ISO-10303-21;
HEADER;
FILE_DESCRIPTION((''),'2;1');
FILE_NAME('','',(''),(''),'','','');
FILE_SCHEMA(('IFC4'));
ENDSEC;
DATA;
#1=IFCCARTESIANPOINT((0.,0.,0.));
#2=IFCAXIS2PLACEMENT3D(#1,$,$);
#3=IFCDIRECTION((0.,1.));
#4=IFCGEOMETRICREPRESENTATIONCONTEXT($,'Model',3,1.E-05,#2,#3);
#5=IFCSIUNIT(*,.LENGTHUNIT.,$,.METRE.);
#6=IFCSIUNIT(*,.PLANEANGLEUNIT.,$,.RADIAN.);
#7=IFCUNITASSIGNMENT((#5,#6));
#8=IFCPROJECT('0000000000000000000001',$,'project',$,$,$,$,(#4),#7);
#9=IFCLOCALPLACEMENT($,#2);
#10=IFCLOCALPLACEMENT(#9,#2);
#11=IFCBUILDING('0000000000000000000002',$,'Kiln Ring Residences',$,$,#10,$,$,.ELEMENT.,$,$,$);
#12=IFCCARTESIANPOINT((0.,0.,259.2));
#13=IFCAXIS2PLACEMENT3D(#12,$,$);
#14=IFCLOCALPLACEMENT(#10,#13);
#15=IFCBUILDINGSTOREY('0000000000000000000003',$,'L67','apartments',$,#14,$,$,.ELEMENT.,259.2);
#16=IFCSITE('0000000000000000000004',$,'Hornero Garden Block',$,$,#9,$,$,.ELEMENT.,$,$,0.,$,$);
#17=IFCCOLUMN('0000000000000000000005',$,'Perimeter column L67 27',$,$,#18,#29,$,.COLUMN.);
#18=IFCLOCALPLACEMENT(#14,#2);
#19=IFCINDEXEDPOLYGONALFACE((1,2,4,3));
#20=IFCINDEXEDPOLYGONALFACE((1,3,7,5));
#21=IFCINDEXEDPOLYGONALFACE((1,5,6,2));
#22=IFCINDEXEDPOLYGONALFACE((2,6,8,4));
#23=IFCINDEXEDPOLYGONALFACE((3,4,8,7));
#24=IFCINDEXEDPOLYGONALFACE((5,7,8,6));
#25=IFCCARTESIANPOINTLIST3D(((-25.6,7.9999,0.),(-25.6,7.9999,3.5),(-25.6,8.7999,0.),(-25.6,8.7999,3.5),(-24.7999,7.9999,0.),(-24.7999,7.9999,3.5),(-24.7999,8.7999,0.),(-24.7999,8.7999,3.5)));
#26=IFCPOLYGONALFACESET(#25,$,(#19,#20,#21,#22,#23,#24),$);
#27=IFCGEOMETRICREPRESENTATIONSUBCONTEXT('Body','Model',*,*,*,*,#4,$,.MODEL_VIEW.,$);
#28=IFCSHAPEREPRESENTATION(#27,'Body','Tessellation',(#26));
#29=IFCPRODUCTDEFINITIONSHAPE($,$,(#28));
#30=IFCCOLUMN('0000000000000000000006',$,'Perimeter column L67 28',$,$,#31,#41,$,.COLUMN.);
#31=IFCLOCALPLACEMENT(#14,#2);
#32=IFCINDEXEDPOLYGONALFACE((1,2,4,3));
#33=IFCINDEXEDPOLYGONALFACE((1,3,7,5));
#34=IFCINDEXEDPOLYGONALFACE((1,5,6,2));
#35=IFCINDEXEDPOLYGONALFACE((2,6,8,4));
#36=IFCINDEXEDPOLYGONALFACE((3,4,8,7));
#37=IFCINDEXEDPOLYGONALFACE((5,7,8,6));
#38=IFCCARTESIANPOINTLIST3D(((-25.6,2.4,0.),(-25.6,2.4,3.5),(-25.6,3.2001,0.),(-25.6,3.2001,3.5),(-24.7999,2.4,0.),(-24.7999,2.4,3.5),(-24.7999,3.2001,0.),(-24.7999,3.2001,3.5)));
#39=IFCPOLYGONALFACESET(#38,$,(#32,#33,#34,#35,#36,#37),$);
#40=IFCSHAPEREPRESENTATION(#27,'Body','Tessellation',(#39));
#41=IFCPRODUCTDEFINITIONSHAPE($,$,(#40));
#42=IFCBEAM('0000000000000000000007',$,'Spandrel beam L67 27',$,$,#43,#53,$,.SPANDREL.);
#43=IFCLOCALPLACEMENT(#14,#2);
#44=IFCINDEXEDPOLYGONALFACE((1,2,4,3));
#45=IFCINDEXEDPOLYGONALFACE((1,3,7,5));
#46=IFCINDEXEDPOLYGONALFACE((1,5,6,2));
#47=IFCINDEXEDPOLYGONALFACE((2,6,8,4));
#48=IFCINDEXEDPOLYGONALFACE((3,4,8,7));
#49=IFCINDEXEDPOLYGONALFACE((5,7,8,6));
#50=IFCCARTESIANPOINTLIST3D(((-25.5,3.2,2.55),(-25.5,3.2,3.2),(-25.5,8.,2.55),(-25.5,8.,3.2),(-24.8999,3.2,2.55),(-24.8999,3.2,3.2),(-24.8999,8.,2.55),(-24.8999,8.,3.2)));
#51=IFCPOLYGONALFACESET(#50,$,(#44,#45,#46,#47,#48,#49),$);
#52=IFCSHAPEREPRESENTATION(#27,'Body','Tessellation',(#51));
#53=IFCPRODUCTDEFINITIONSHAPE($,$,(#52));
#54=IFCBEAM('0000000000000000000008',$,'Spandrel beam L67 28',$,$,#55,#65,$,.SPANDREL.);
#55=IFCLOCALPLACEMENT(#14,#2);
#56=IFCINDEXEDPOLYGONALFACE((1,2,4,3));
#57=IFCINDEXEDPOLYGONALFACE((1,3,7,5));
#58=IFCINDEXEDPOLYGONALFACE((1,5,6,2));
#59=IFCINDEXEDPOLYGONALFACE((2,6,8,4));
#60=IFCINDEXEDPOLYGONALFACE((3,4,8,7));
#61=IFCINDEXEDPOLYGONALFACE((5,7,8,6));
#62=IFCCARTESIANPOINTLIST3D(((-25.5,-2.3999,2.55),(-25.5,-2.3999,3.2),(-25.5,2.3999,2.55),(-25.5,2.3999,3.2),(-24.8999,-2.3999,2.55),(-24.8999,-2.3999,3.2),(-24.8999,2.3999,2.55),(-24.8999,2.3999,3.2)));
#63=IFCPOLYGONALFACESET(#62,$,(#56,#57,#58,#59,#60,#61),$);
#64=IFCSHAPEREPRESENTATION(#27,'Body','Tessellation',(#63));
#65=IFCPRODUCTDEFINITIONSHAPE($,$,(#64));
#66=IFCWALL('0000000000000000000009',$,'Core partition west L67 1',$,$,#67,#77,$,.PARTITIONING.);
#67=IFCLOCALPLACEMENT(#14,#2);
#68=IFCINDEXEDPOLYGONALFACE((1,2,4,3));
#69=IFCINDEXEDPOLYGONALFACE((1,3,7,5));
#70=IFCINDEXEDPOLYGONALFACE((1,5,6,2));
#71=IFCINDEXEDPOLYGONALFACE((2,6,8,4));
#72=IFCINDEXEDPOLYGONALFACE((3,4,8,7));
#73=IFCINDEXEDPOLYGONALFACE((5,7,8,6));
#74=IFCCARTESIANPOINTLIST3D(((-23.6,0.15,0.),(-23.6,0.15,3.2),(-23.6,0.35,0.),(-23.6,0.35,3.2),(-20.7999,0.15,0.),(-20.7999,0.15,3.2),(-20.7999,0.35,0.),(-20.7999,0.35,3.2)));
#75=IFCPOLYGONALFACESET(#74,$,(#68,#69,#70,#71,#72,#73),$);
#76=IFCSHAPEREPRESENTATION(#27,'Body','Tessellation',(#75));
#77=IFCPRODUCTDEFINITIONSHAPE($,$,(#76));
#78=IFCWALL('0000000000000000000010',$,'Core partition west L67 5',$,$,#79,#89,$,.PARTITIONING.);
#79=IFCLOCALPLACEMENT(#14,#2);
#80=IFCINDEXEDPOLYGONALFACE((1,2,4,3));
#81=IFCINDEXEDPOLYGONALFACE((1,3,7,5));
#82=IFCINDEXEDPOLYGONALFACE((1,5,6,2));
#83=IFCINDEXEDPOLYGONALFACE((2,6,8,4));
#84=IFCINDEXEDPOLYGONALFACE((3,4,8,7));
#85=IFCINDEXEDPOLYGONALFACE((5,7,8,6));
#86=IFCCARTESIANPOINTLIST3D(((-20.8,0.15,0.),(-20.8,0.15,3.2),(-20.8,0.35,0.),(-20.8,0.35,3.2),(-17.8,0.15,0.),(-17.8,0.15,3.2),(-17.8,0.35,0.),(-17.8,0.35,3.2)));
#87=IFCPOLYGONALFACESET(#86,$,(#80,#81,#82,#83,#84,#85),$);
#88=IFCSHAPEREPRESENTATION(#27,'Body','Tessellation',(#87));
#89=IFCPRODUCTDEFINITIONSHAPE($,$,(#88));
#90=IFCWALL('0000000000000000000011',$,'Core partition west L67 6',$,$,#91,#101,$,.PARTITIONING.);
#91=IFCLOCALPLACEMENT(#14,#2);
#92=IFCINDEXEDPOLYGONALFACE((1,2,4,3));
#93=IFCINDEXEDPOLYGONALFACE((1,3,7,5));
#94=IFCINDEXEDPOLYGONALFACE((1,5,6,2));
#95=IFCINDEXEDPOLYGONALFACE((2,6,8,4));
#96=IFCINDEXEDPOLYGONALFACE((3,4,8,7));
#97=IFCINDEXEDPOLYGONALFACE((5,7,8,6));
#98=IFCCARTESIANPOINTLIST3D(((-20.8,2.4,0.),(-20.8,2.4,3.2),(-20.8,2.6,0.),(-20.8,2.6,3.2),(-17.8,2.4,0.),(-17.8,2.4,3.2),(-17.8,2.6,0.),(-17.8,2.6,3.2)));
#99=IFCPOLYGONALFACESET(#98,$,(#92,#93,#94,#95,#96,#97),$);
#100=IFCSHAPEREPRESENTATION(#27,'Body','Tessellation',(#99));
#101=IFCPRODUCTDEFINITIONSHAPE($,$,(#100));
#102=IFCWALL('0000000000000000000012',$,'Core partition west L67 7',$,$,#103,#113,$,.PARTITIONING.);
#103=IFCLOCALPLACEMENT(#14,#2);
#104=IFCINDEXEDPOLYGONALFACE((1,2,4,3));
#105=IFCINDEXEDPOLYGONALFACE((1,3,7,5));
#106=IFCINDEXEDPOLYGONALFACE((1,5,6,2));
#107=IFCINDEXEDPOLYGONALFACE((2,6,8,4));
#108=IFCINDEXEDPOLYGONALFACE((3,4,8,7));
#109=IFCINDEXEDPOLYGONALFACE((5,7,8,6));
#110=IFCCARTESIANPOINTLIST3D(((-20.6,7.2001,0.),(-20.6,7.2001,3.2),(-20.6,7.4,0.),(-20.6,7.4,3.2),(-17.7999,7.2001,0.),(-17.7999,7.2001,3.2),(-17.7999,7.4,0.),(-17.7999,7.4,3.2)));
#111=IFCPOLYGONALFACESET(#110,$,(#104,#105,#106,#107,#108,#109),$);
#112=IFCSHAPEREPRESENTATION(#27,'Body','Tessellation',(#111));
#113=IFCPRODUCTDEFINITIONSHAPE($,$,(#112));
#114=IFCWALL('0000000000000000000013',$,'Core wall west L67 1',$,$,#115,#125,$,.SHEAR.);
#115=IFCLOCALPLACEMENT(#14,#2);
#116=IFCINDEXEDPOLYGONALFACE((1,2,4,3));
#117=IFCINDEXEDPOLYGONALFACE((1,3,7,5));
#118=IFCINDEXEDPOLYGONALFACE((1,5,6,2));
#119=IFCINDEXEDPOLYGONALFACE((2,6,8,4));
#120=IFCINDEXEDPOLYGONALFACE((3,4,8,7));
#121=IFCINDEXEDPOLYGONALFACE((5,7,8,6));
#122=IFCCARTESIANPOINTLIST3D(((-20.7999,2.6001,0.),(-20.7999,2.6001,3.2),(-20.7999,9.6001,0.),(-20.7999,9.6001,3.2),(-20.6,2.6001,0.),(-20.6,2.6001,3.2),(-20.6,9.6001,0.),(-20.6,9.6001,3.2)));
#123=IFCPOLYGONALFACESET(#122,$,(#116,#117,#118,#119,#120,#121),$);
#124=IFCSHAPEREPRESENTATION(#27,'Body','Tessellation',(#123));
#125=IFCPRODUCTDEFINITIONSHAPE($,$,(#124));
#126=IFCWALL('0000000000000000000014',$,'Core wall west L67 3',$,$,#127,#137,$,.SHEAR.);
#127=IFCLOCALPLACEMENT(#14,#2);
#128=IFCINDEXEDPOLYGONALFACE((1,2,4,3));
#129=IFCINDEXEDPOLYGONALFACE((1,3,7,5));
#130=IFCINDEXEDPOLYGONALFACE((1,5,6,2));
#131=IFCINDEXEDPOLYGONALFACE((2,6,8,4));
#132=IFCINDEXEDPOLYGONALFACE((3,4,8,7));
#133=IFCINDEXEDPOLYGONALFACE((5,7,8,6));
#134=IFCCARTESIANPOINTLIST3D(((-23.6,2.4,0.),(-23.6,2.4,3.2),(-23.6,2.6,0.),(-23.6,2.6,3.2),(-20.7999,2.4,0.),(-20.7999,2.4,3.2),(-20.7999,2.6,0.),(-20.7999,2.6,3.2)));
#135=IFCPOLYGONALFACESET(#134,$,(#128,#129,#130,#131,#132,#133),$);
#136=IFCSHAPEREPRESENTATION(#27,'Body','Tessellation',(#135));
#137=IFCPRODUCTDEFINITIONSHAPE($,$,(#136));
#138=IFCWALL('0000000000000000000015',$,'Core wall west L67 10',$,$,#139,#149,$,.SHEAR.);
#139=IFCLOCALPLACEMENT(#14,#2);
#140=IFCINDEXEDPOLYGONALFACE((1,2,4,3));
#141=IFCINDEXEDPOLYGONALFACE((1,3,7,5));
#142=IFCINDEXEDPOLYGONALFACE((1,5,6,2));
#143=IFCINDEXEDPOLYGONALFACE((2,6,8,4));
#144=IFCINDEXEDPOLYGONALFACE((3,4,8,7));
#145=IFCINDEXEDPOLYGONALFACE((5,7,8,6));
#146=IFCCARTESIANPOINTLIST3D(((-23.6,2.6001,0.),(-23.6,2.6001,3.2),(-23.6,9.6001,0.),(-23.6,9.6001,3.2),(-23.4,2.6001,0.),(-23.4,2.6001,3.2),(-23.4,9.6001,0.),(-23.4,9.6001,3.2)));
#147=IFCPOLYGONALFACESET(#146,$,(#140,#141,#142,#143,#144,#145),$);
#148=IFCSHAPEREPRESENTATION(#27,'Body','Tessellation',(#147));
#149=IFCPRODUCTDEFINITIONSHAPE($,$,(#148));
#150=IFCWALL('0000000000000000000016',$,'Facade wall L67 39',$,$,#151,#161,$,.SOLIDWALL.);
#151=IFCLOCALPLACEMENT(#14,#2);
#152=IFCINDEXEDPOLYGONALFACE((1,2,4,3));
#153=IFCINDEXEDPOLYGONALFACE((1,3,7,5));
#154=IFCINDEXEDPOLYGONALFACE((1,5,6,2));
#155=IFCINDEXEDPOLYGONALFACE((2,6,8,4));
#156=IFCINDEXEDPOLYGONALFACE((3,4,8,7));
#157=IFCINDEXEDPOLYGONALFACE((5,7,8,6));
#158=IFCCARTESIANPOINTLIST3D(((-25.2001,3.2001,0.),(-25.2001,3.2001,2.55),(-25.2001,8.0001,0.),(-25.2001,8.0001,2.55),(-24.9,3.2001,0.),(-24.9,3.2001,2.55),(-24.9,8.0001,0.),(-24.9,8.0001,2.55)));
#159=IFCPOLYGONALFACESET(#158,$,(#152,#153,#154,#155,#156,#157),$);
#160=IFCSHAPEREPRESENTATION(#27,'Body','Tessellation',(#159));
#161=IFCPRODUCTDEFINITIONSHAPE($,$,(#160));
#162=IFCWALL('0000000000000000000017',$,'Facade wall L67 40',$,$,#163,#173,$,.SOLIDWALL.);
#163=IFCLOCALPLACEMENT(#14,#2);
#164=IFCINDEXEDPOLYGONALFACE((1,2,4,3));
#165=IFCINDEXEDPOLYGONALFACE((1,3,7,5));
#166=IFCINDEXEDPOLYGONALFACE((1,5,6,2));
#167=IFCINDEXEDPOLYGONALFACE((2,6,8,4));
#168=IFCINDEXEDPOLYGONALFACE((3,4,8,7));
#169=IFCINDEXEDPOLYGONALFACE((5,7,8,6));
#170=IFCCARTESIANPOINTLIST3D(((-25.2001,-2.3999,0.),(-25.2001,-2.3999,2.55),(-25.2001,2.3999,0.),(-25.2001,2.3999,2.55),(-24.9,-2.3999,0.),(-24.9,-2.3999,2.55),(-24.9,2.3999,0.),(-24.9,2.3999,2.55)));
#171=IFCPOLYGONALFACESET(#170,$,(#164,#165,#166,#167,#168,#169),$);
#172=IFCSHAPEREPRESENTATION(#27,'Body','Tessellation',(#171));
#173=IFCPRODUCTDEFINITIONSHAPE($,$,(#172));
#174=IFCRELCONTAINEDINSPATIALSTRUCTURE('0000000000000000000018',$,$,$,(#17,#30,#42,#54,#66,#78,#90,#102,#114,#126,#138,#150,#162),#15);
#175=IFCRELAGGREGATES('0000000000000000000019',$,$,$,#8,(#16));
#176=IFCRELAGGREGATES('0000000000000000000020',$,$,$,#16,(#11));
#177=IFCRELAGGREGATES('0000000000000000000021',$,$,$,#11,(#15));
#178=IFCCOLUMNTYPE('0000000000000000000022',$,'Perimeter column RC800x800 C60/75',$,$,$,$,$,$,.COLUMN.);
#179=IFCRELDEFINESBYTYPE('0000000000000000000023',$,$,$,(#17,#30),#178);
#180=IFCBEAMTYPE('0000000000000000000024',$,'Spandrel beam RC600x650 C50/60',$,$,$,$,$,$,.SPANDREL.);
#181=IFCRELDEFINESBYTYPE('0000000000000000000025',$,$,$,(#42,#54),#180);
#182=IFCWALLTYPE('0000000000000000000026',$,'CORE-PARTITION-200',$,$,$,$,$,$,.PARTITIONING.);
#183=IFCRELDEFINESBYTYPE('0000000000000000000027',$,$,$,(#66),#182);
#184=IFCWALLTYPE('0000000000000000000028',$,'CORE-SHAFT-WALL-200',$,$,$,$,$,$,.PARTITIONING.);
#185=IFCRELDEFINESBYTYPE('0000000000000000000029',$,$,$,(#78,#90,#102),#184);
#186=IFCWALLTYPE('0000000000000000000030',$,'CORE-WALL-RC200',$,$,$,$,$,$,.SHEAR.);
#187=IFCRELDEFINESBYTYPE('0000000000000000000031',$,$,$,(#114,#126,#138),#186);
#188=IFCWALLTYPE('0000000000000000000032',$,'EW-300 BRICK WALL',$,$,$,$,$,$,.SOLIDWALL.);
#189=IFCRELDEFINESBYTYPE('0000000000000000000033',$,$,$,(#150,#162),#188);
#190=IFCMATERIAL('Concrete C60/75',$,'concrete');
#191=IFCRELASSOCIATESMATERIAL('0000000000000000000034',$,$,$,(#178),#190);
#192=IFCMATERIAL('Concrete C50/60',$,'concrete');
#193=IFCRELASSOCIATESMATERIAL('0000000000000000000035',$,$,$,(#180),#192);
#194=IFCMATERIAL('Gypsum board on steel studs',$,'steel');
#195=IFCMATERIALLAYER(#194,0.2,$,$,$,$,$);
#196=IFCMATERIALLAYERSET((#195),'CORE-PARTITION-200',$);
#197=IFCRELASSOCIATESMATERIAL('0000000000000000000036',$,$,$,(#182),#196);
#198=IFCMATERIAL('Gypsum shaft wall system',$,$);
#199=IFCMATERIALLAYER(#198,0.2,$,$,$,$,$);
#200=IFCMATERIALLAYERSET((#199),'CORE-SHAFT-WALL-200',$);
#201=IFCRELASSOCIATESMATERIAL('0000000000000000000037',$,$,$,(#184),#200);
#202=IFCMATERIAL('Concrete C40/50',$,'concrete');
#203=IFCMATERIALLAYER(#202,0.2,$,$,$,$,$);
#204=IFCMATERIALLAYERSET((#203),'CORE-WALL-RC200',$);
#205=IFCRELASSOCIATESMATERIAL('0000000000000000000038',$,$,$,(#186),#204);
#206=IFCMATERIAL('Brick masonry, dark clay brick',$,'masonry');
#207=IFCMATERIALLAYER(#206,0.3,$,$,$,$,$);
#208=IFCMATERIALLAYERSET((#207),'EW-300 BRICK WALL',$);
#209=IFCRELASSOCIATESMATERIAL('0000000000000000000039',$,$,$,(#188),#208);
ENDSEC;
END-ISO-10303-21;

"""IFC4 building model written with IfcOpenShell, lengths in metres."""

from ifc_helpers import new_model, si_unit, direction, frame, frame_2d, origin, origin_2d, place, context, subcontext, project, spatial, rectangle, extrude, material, layer, layer_set, material_profile, profile_set, type_object, element, save


model = new_model("IFC4")

# Units and contexts
model_context = context("Model", 3, precision=1e-05, world=origin(), true_north=direction((0.0, 1.0)))
body_context = subcontext(model_context, "Body", "Model", "MODEL_VIEW")
ifc_project = project(units=[si_unit("LENGTHUNIT", "METRE"), si_unit("PLANEANGLEUNIT", "RADIAN")], contexts=[model_context])

# Site, building, storey
site_placement = place(None, origin())
site = spatial("IfcSite", under=ifc_project, at=site_placement, Name="Hornero Garden Block", CompositionType="ELEMENT", RefElevation=0.0)
building_placement = place(site_placement, origin())
building = spatial("IfcBuilding", under=site, at=building_placement, Name="Kiln Ring Residences", CompositionType="ELEMENT")
storey_placement = place(building_placement, frame((0.0, 0.0, 259.2)))
storey = spatial("IfcBuildingStorey", under=building, at=storey_placement, Name="L67", Description="apartments", CompositionType="ELEMENT", Elevation=259.2)

# Columns
ifc_material_1 = material(Name="Concrete C60/75", Category="concrete")
ifc_material_profile_1 = material_profile(ifc_material_1, rectangle(XDim=0.8, YDim=0.8, at=origin_2d()), Name="RC800x800")
ifc_profile_set_1 = profile_set([ifc_material_profile_1], Name="Concrete C60/75")
column_type = type_object("IfcColumnType", Name="Perimeter column RC800x800 C60/75", PredefinedType="COLUMN", material=ifc_profile_set_1)
for number, where, z_axis, x_axis, name in (
    (1, (-25.2, 8.3999, 0.0), (0.0, 0.0, 1.0), (1.0, 0.0, 0.0), "Perimeter column L67 27"),
    (2, (-25.2, 2.8, 0.0), (0.0, 0.0, 1.0), (1.0, 0.0, 0.0), "Perimeter column L67 28"),
):
    element("IfcColumn", number, at=place(storey_placement, frame(where, z_axis=z_axis, x_axis=x_axis)), inside=storey, type_object=column_type, Name=name, PredefinedType="COLUMN", context=body_context, shape_type="SweptSolid", body=[
        extrude(rectangle(XDim=0.8, YDim=0.8, at=origin_2d()), origin(), (0.0, 0.0, 1.0), 3.5),
    ])

# Beams
ifc_material_2 = material(Name="Concrete C50/60", Category="concrete")
ifc_material_profile_2 = material_profile(ifc_material_2, rectangle(XDim=0.6001, YDim=0.6499, at=origin_2d()), Name="RC600x650")
ifc_profile_set_2 = profile_set([ifc_material_profile_2], Name="Concrete C50/60")
beam_type = type_object("IfcBeamType", Name="Spandrel beam RC600x650 C50/60", PredefinedType="SPANDREL", material=ifc_profile_set_2)
beam_1_placement = place(storey_placement, frame((-25.2, 8.0, 2.875), z_axis=(0.0, -1.0, 0.0), x_axis=(1.0, 0.0, 0.0)))
element("IfcBeam", 3, at=beam_1_placement, inside=storey, type_object=beam_type, Name="Spandrel beam L67 27", PredefinedType="SPANDREL", context=body_context, shape_type="SweptSolid", body=[
    extrude(rectangle(XDim=0.6001, YDim=0.6499, at=origin_2d()), origin(), (0.0, 0.0, 1.0), 4.8),
])
beam_2_placement = place(storey_placement, frame((-25.2, 2.3999, 2.875), z_axis=(0.0, -1.0, 0.0), x_axis=(1.0, 0.0, 0.0)))
element("IfcBeam", 4, at=beam_2_placement, inside=storey, type_object=beam_type, Name="Spandrel beam L67 28", PredefinedType="SPANDREL", context=body_context, shape_type="SweptSolid", body=[
    extrude(rectangle(XDim=0.6001, YDim=0.6499, at=origin_2d()), origin(), (0.0, 0.0, 1.0), 4.7998),
])

# Walls
ifc_material_3 = material(Name="Gypsum board on steel studs", Category="steel")
ifc_layer_1 = layer(ifc_material_3, 0.2)
ifc_layer_set_1 = layer_set([ifc_layer_1], Name="CORE-PARTITION-200")
wall_type_1 = type_object("IfcWallType", Name="CORE-PARTITION-200", PredefinedType="PARTITIONING", material=ifc_layer_set_1)
wall_1_placement = place(storey_placement, frame((-20.8, 0.25, 0.0), z_axis=(0.0, 0.0, 1.0), x_axis=(-1.0, 0.0, 0.0)))
element("IfcWall", 5, at=wall_1_placement, inside=storey, type_object=wall_type_1, Name="Core partition west L67 1", PredefinedType="PARTITIONING", context=body_context, shape_type="SweptSolid", body=[
    extrude(rectangle(XDim=2.8, YDim=0.2, at=frame_2d((1.3999, 0.0))), origin(), (0.0, 0.0, 1.0), 3.2),
])
ifc_material_4 = material(Name="Gypsum shaft wall system")
ifc_layer_2 = layer(ifc_material_4, 0.2)
ifc_layer_set_2 = layer_set([ifc_layer_2], Name="CORE-SHAFT-WALL-200")
wall_type_2 = type_object("IfcWallType", Name="CORE-SHAFT-WALL-200", PredefinedType="PARTITIONING", material=ifc_layer_set_2)
for number, where, z_axis, x_axis, name in (
    (6, (-17.8, 0.25, 0.0), (0.0, 0.0, 1.0), (-1.0, 0.0, 0.0), "Core partition west L67 5"),
    (7, (-17.8, 2.5, 0.0), (0.0, 0.0, 1.0), (-1.0, 0.0, 0.0), "Core partition west L67 6"),
):
    element("IfcWall", number, at=place(storey_placement, frame(where, z_axis=z_axis, x_axis=x_axis)), inside=storey, type_object=wall_type_2, Name=name, PredefinedType="PARTITIONING", context=body_context, shape_type="SweptSolid", body=[
        extrude(rectangle(XDim=3.0, YDim=0.2, at=frame_2d((1.5, 0.0))), origin(), (0.0, 0.0, 1.0), 3.2),
    ])
wall_2_placement = place(storey_placement, frame((-17.8, 7.3, 0.0), z_axis=(0.0, 0.0, 1.0), x_axis=(-1.0, 0.0, 0.0)))
element("IfcWall", 8, at=wall_2_placement, inside=storey, type_object=wall_type_2, Name="Core partition west L67 7", PredefinedType="PARTITIONING", context=body_context, shape_type="SweptSolid", body=[
    extrude(rectangle(XDim=2.8, YDim=0.2, at=frame_2d((1.3999, 0.0))), origin(), (0.0, 0.0, 1.0), 3.2),
])
ifc_material_5 = material(Name="Concrete C40/50", Category="concrete")
ifc_layer_3 = layer(ifc_material_5, 0.2)
ifc_layer_set_3 = layer_set([ifc_layer_3], Name="CORE-WALL-RC200")
wall_type_3 = type_object("IfcWallType", Name="CORE-WALL-RC200", PredefinedType="SHEAR", material=ifc_layer_set_3)
wall_3_placement = place(storey_placement, frame((-20.7, 2.6001, 0.0), z_axis=(0.0, 0.0, 1.0), x_axis=(0.0, 1.0, 0.0)))
element("IfcWall", 9, at=wall_3_placement, inside=storey, type_object=wall_type_3, Name="Core wall west L67 1", PredefinedType="SHEAR", context=body_context, shape_type="SweptSolid", body=[
    extrude(rectangle(XDim=7.0, YDim=0.2, at=frame_2d((3.5, 0.0))), origin(), (0.0, 0.0, 1.0), 3.2),
])
wall_4_placement = place(storey_placement, frame((-20.8, 2.5, 0.0), z_axis=(0.0, 0.0, 1.0), x_axis=(-1.0, 0.0, 0.0)))
element("IfcWall", 10, at=wall_4_placement, inside=storey, type_object=wall_type_3, Name="Core wall west L67 3", PredefinedType="SHEAR", context=body_context, shape_type="SweptSolid", body=[
    extrude(rectangle(XDim=2.8, YDim=0.2, at=frame_2d((1.3999, 0.0))), origin(), (0.0, 0.0, 1.0), 3.2),
])
wall_5_placement = place(storey_placement, frame((-23.5, 2.6001, 0.0), z_axis=(0.0, 0.0, 1.0), x_axis=(0.0, 1.0, 0.0)))
element("IfcWall", 11, at=wall_5_placement, inside=storey, type_object=wall_type_3, Name="Core wall west L67 10", PredefinedType="SHEAR", context=body_context, shape_type="SweptSolid", body=[
    extrude(rectangle(XDim=7.0, YDim=0.2, at=frame_2d((3.5, 0.0))), origin(), (0.0, 0.0, 1.0), 3.2),
])
ifc_material_6 = material(Name="Brick masonry, dark clay brick", Category="masonry")
ifc_layer_4 = layer(ifc_material_6, 0.3)
ifc_layer_set_4 = layer_set([ifc_layer_4], Name="EW-300 BRICK WALL")
wall_type_4 = type_object("IfcWallType", Name="EW-300 BRICK WALL", PredefinedType="SOLIDWALL", material=ifc_layer_set_4)
wall_6_placement = place(storey_placement, frame((-25.05, 8.0, 0.0), z_axis=(0.0, 0.0, 1.0), x_axis=(0.0, -1.0, 0.0)))
element("IfcWall", 12, at=wall_6_placement, inside=storey, type_object=wall_type_4, Name="Facade wall L67 39", PredefinedType="SOLIDWALL", context=body_context, shape_type="SweptSolid", body=[
    extrude(rectangle(XDim=4.8, YDim=0.3, at=frame_2d((2.3999, 0.0))), origin(), (0.0, 0.0, 1.0), 2.55),
])
wall_7_placement = place(storey_placement, frame((-25.05, 2.3999, 0.0), z_axis=(0.0, 0.0, 1.0), x_axis=(0.0, -1.0, 0.0)))
element("IfcWall", 13, at=wall_7_placement, inside=storey, type_object=wall_type_4, Name="Facade wall L67 40", PredefinedType="SOLIDWALL", context=body_context, shape_type="SweptSolid", body=[
    extrude(rectangle(XDim=4.7998, YDim=0.3, at=frame_2d((2.3999, 0.0))), origin(), (0.0, 0.0, 1.0), 2.55),
])

save(model, "model.ifc")
